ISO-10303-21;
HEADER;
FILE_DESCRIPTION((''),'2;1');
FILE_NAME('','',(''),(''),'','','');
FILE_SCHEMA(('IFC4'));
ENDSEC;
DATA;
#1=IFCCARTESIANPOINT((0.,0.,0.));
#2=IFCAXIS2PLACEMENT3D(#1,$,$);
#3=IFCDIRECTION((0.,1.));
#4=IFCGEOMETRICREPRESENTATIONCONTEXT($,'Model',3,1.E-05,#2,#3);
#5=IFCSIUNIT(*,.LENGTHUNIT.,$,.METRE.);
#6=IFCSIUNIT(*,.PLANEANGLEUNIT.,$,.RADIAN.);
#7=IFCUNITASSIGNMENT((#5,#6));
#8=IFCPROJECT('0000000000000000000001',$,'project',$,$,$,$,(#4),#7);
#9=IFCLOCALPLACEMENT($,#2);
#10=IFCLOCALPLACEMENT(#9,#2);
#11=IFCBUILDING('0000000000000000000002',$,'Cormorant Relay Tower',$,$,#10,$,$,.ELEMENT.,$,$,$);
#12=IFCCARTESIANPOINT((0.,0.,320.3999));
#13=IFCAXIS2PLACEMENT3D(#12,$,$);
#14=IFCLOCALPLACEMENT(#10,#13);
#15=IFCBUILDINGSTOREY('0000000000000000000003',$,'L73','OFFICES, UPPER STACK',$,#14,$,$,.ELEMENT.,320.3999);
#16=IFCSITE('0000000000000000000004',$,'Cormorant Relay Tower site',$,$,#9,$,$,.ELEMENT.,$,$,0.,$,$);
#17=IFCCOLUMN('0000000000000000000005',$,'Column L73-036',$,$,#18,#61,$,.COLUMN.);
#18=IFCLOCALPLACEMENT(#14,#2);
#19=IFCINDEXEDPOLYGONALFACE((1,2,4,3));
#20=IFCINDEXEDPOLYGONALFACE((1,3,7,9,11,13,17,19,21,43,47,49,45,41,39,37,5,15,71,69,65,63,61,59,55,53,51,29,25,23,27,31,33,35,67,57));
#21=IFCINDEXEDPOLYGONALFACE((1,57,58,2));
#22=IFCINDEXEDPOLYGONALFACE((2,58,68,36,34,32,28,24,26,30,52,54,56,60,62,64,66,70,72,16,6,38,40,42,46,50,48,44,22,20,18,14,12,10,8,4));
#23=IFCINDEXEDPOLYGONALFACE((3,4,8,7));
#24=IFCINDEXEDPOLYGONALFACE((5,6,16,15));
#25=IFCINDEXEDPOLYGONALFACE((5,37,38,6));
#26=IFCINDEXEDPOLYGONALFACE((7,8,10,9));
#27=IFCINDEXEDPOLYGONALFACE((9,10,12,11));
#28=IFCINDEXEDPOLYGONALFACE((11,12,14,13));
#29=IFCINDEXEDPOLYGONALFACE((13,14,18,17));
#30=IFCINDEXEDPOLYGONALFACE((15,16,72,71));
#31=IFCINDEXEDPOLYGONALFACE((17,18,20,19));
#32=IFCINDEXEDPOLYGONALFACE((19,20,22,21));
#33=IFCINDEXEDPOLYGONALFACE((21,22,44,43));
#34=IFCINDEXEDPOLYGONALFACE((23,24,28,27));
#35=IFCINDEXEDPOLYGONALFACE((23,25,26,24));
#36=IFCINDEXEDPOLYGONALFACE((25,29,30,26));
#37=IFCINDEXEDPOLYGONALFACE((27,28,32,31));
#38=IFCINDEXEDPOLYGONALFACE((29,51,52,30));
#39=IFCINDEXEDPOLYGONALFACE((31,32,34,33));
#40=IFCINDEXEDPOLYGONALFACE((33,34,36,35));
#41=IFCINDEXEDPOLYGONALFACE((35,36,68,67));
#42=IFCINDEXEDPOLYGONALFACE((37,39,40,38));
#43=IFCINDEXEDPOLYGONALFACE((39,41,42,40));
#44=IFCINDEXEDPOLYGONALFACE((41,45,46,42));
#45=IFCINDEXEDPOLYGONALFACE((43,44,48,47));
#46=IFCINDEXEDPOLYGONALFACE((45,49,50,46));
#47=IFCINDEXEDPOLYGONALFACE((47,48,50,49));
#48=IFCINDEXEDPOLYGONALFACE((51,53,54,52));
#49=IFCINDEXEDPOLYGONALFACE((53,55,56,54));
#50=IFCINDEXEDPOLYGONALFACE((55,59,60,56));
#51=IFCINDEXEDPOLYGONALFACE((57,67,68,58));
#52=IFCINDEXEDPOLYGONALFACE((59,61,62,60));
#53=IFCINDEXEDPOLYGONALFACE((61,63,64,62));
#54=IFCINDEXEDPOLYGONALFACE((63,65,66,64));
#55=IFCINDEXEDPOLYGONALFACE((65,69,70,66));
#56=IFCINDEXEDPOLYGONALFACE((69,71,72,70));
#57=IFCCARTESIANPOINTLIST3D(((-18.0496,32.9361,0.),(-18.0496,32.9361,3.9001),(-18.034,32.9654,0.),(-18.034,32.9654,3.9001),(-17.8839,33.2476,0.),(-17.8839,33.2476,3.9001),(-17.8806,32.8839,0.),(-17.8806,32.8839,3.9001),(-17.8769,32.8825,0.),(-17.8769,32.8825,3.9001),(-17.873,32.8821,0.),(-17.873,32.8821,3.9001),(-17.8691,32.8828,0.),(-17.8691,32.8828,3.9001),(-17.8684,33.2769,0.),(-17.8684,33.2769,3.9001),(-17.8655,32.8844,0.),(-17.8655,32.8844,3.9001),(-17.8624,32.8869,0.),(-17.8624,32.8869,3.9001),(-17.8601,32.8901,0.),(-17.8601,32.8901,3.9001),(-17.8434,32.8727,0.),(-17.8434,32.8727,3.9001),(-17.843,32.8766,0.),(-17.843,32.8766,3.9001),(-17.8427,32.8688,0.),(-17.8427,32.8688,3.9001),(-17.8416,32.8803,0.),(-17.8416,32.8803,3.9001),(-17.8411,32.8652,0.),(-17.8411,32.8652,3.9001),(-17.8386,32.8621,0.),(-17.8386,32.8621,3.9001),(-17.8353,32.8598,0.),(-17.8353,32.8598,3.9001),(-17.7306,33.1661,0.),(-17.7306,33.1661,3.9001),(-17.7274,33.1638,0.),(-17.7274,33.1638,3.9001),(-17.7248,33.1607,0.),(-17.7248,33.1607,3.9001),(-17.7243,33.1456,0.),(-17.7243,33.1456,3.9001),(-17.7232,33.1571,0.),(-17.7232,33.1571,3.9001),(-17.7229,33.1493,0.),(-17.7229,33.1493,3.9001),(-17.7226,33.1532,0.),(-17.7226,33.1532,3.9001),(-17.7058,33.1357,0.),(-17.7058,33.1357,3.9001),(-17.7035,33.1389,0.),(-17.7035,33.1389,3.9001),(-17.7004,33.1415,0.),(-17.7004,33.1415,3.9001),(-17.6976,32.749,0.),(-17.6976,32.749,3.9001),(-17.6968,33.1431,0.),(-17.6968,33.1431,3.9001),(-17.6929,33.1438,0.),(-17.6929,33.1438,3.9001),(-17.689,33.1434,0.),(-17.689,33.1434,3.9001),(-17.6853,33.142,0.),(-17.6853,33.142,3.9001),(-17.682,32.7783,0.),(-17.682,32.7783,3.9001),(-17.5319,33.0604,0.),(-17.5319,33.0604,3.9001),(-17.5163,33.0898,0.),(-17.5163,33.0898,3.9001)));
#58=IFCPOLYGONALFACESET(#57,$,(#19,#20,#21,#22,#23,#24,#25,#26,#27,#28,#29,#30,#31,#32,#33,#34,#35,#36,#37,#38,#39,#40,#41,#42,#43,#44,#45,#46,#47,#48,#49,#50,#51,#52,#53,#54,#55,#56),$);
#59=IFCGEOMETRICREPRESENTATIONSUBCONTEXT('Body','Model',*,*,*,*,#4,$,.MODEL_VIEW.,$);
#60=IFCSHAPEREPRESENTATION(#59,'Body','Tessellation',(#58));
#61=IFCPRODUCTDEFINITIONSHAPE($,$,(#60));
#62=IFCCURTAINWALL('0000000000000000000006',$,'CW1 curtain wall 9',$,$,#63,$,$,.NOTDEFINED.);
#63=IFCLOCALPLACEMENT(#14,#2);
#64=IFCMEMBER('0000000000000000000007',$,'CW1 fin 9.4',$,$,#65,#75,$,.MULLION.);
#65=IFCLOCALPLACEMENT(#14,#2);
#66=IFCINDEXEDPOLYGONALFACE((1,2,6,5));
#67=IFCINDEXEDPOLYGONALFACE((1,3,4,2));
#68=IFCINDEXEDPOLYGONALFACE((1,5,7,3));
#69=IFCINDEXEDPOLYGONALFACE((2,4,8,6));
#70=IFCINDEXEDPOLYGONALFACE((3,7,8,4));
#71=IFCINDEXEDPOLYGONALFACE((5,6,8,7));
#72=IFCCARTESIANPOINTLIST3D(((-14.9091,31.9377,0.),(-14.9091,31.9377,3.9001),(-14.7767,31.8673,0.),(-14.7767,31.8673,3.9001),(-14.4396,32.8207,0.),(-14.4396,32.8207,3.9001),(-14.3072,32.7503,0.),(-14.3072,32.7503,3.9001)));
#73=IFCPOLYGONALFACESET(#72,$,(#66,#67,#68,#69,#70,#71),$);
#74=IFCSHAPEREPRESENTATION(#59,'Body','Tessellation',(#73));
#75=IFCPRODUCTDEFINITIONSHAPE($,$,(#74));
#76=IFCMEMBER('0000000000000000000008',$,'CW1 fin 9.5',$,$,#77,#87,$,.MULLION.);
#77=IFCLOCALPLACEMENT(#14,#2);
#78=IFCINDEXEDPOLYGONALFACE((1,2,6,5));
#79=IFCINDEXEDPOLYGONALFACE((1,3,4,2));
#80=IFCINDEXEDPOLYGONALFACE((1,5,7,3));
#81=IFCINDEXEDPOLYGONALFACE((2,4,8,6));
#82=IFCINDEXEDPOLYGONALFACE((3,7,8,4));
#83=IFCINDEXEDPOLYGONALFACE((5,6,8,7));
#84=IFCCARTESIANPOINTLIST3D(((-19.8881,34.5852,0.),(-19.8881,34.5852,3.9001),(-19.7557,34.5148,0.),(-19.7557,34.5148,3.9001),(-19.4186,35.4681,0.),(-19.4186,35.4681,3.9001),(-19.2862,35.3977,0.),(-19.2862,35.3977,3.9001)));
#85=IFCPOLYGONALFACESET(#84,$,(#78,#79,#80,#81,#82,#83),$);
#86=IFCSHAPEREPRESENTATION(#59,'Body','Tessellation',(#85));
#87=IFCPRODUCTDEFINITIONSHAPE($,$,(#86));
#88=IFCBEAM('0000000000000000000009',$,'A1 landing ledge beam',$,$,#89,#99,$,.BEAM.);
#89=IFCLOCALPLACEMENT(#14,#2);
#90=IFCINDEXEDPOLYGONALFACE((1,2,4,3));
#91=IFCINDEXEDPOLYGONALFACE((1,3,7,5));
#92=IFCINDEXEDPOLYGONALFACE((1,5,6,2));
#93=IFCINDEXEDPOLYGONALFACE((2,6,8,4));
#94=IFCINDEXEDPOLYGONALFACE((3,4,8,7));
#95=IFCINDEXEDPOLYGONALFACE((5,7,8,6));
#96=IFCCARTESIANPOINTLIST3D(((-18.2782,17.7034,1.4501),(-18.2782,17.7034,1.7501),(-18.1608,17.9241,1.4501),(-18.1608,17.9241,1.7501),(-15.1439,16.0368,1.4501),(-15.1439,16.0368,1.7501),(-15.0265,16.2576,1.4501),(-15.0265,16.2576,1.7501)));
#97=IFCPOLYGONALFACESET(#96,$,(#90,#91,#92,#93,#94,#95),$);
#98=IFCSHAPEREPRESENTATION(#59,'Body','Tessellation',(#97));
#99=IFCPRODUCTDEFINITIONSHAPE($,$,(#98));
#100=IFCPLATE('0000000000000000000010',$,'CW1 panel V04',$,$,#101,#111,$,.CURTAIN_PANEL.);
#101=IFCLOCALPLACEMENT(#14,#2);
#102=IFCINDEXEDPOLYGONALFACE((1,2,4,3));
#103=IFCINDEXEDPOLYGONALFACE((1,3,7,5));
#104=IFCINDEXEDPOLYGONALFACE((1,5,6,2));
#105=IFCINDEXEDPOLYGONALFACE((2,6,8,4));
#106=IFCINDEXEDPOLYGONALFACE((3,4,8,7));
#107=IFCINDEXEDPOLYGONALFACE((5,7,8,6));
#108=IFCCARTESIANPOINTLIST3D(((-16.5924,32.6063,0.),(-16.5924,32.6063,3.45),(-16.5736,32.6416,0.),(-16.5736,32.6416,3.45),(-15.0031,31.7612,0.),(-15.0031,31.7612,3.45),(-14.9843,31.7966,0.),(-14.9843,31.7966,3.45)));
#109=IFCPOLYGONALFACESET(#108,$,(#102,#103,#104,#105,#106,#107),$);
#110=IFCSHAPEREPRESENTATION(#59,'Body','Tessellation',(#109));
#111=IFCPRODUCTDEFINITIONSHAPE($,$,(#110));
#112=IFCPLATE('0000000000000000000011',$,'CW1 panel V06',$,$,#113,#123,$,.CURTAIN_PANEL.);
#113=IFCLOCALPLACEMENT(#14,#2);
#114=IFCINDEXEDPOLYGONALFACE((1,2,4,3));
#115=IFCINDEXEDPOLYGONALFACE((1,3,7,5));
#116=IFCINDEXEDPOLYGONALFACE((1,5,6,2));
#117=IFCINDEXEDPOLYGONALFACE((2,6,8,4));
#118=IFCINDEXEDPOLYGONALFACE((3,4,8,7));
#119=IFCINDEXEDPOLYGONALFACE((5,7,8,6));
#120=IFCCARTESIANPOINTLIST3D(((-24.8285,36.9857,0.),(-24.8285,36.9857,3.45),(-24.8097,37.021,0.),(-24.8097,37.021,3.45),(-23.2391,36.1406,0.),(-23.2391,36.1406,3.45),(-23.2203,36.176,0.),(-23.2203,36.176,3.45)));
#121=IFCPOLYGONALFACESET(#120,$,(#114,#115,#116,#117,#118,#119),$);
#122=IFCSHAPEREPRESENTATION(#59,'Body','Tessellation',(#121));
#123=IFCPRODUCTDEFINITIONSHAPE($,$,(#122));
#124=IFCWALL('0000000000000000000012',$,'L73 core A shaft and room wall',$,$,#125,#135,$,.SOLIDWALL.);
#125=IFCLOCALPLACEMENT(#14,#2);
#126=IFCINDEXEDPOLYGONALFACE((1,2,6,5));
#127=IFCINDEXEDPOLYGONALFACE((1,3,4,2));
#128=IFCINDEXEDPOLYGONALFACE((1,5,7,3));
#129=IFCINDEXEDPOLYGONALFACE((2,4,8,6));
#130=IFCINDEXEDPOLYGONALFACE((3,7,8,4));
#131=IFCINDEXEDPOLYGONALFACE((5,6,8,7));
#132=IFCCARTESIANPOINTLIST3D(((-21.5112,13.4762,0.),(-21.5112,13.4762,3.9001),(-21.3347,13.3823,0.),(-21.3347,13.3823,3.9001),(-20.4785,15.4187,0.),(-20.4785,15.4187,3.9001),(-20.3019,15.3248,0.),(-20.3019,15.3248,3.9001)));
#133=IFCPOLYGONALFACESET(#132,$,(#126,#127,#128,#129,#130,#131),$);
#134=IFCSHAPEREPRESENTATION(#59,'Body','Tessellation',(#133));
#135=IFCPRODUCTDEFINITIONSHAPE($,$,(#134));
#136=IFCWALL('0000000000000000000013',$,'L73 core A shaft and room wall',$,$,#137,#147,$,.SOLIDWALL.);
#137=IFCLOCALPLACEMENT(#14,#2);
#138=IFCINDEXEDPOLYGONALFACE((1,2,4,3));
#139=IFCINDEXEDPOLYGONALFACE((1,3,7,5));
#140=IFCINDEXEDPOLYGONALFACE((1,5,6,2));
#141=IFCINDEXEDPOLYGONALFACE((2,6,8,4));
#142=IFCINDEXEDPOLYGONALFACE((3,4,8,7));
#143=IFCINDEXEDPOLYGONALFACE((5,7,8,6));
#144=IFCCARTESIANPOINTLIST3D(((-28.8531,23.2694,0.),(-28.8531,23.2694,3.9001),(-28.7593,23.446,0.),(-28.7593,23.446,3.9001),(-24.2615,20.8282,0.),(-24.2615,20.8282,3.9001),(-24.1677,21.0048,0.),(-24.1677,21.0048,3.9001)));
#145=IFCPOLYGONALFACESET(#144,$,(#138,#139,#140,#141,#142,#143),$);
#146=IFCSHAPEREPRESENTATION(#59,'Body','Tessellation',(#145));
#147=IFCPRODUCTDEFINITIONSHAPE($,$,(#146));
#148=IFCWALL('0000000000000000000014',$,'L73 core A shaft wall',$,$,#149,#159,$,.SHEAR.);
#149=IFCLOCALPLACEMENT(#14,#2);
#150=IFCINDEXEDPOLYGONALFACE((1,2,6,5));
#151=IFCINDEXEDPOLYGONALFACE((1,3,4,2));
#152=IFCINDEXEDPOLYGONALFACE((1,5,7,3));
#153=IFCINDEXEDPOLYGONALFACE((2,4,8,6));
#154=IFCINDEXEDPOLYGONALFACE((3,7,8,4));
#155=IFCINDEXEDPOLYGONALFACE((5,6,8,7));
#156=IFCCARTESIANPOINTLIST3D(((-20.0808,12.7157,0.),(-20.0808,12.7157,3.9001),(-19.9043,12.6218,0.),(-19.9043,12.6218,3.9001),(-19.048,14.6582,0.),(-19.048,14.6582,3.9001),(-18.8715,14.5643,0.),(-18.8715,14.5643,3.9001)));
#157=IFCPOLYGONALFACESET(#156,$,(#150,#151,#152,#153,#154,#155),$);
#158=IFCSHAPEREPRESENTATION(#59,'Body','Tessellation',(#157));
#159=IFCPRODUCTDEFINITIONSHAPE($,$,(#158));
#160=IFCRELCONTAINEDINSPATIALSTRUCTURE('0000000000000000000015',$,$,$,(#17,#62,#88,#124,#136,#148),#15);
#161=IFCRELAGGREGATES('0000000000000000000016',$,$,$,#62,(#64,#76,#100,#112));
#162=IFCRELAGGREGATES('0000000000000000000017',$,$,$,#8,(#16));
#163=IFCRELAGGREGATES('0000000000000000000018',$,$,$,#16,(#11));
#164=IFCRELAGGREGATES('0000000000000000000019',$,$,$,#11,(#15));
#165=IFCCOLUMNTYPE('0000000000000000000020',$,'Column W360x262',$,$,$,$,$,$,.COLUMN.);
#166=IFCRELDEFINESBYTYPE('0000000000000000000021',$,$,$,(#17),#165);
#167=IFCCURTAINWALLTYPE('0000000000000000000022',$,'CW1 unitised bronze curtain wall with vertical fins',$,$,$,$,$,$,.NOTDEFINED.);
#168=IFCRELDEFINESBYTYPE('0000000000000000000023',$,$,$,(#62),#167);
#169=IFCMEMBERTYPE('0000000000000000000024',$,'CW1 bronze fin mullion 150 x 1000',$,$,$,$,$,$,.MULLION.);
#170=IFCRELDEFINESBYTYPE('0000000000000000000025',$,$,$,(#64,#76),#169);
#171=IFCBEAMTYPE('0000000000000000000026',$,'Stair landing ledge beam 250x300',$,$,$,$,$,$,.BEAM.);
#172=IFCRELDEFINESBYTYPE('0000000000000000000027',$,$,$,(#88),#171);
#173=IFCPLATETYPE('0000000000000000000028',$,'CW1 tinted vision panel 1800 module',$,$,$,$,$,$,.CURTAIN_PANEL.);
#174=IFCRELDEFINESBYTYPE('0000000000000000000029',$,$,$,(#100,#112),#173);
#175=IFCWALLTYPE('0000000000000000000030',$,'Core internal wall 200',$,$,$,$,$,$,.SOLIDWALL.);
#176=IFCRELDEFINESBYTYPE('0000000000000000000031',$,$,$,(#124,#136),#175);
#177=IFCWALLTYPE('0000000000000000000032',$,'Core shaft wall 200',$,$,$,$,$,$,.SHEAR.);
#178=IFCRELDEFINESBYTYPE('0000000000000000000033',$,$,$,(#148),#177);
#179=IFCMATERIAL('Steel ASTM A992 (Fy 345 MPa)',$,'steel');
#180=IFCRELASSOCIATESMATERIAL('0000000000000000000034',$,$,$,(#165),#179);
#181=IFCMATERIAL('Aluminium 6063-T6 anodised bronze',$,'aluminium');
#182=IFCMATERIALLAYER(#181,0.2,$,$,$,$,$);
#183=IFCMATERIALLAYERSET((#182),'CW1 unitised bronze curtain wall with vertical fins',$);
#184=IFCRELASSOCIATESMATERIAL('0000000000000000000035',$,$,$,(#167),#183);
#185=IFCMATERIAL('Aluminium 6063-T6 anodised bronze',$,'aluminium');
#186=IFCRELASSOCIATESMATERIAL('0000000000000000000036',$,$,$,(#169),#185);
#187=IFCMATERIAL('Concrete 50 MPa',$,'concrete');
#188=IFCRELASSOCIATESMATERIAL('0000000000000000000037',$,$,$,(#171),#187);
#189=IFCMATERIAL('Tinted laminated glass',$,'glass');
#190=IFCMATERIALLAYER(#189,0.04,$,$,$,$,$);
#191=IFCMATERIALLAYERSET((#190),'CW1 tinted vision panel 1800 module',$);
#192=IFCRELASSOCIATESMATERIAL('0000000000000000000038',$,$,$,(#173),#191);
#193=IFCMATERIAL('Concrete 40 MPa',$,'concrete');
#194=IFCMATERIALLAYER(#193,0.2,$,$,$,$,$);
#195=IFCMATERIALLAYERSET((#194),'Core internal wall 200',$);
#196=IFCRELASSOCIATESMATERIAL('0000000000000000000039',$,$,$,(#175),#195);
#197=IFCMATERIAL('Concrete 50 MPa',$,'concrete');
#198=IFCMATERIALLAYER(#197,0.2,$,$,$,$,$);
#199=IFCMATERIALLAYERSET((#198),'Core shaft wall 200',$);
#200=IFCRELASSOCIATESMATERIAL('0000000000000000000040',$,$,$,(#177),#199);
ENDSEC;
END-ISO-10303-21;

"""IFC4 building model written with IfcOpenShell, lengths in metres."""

from ifc_helpers import new_model, si_unit, direction, frame, frame_2d, origin, origin_2d, place, context, subcontext, project, spatial, rectangle, i_section, extrude, material, layer, layer_set, material_profile, profile_set, type_object, element, aggregate, save


model = new_model("IFC4")

# Units and contexts
model_context = context("Model", 3, precision=1e-05, world=origin(), true_north=direction((0.0, 1.0)))
body_context = subcontext(model_context, "Body", "Model", "MODEL_VIEW")
ifc_project = project(units=[si_unit("LENGTHUNIT", "METRE"), si_unit("PLANEANGLEUNIT", "RADIAN")], contexts=[model_context])

# Site, building, storey
site_placement = place(None, origin())
site = spatial("IfcSite", under=ifc_project, at=site_placement, Name="Cormorant Relay Tower site", CompositionType="ELEMENT", RefElevation=0.0)
building_placement = place(site_placement, origin())
building = spatial("IfcBuilding", under=site, at=building_placement, Name="Cormorant Relay Tower", CompositionType="ELEMENT")
storey_placement = place(building_placement, frame((0.0, 0.0, 320.3999)))
storey = spatial("IfcBuildingStorey", under=building, at=storey_placement, Name="L73", Description="OFFICES, UPPER STACK", CompositionType="ELEMENT", Elevation=320.3999)

# Column
ifc_material_1 = material(Name="Steel ASTM A992 (Fy 345 MPa)", Category="steel")
ifc_material_profile_1 = material_profile(ifc_material_1, i_section(OverallWidth=0.3987, OverallDepth=0.386, WebThickness=0.021, FlangeThickness=0.0332, FilletRadius=0.0151, at=origin_2d()), Name="W360x262")
ifc_profile_set_1 = profile_set([ifc_material_profile_1], Name="Steel ASTM A992 (Fy 345 MPa)")
column_type = type_object("IfcColumnType", Name="Column W360x262", PredefinedType="COLUMN", material=ifc_profile_set_1)
column_placement = place(storey_placement, frame((-17.783, 33.0129, 0.0), z_axis=(0.0, 0.0, 1.0), x_axis=(-0.882948, 0.469472, 0.0)))
element("IfcColumn", 1, at=column_placement, inside=storey, type_object=column_type, Name="Column L73-036", PredefinedType="COLUMN", context=body_context, shape_type="SweptSolid", body=[
    extrude(i_section(OverallWidth=0.3987, OverallDepth=0.386, WebThickness=0.021, FlangeThickness=0.0332, FilletRadius=0.0151, at=origin_2d()), origin(), (0.0, 0.0, 1.0), 3.9001),
])

# Curtain wall, members
ifc_material_2 = material(Name="Aluminium 6063-T6 anodised bronze", Category="aluminium")
ifc_layer_1 = layer(ifc_material_2, 0.2)
ifc_layer_set_1 = layer_set([ifc_layer_1], Name="CW1 unitised bronze curtain wall with vertical fins")
curtain_wall_type = type_object("IfcCurtainWallType", Name="CW1 unitised bronze curtain wall with vertical fins", PredefinedType="NOTDEFINED", material=ifc_layer_set_1)
curtain_wall_placement = place(storey_placement, origin())
curtain_wall = element("IfcCurtainWall", 2, at=curtain_wall_placement, inside=storey, type_object=curtain_wall_type, Name="CW1 curtain wall 9", PredefinedType="NOTDEFINED")
ifc_material_3 = material(Name="Aluminium 6063-T6 anodised bronze", Category="aluminium")
ifc_material_profile_2 = material_profile(ifc_material_3, rectangle(XDim=0.1499, YDim=1.0, at=origin_2d()), Name="AL 150x1000")
ifc_profile_set_2 = profile_set([ifc_material_profile_2], Name="Aluminium 6063-T6 anodised bronze")
member_type = type_object("IfcMemberType", Name="CW1 bronze fin mullion 150 x 1000", PredefinedType="MULLION", material=ifc_profile_set_2)
member_1_placement = place(storey_placement, frame((-14.6082, 32.344, 0.0), z_axis=(0.0, 0.0, 1.0), x_axis=(-0.882948, 0.469472, 0.0)))
member_1 = element("IfcMember", 3, at=member_1_placement, type_object=member_type, Name="CW1 fin 9.4", PredefinedType="MULLION", context=body_context, shape_type="SweptSolid", body=[
    extrude(rectangle(XDim=0.1499, YDim=1.0, at=origin_2d()), origin(), (0.0, 0.0, 1.0), 3.9001),
])
member_2_placement = place(storey_placement, frame((-19.5872, 34.9915, 0.0), z_axis=(0.0, 0.0, 1.0), x_axis=(-0.882948, 0.469472, 0.0)))
member_2 = element("IfcMember", 4, at=member_2_placement, type_object=member_type, Name="CW1 fin 9.5", PredefinedType="MULLION", context=body_context, shape_type="SweptSolid", body=[
    extrude(rectangle(XDim=0.1499, YDim=1.0, at=origin_2d()), origin(), (0.0, 0.0, 1.0), 3.9001),
])

# Beam
ifc_material_4 = material(Name="Concrete 50 MPa", Category="concrete")
ifc_material_profile_3 = material_profile(ifc_material_4, rectangle(XDim=0.25, YDim=0.3, at=origin_2d()), Name="RC 250x300")
ifc_profile_set_3 = profile_set([ifc_material_profile_3], Name="Concrete 50 MPa")
beam_type = type_object("IfcBeamType", Name="Stair landing ledge beam 250x300", PredefinedType="BEAM", material=ifc_profile_set_3)
beam_placement = place(storey_placement, frame((-18.2195, 17.8137, 1.6001), z_axis=(0.88295, -0.469467, 0.0), x_axis=(0.469467, 0.88295, 0.0)))
element("IfcBeam", 5, at=beam_placement, inside=storey, type_object=beam_type, Name="A1 landing ledge beam", PredefinedType="BEAM", context=body_context, shape_type="SweptSolid", body=[
    extrude(rectangle(XDim=0.25, YDim=0.3, at=origin_2d()), origin(), (0.0, 0.0, 1.0), 3.5498),
])

# Plates
ifc_material_5 = material(Name="Tinted laminated glass", Category="glass")
ifc_layer_2 = layer(ifc_material_5, 0.04)
ifc_layer_set_2 = layer_set([ifc_layer_2], Name="CW1 tinted vision panel 1800 module")
plate_type = type_object("IfcPlateType", Name="CW1 tinted vision panel 1800 module", PredefinedType="CURTAIN_PANEL", material=ifc_layer_set_2)
plate_1_placement = place(storey_placement, frame((-15.7883, 32.2014, 0.0), z_axis=(0.0, 0.0, 1.0), x_axis=(-0.882948, 0.469472, 0.0)))
plate_1 = element("IfcPlate", 6, at=plate_1_placement, type_object=plate_type, Name="CW1 panel V04", PredefinedType="CURTAIN_PANEL", context=body_context, shape_type="SweptSolid", body=[
    extrude(rectangle(XDim=1.8, YDim=0.04, at=origin_2d()), origin(), (0.0, 0.0, 1.0), 3.45),
])
plate_2_placement = place(storey_placement, frame((-24.0244, 36.5808, 0.0), z_axis=(0.0, 0.0, 1.0), x_axis=(-0.882948, 0.469472, 0.0)))
plate_2 = element("IfcPlate", 7, at=plate_2_placement, type_object=plate_type, Name="CW1 panel V06", PredefinedType="CURTAIN_PANEL", context=body_context, shape_type="SweptSolid", body=[
    extrude(rectangle(XDim=1.8, YDim=0.04, at=origin_2d()), origin(), (0.0, 0.0, 1.0), 3.45),
])

# Walls
ifc_material_6 = material(Name="Concrete 40 MPa", Category="concrete")
ifc_layer_3 = layer(ifc_material_6, 0.2)
ifc_layer_set_3 = layer_set([ifc_layer_3], Name="Core internal wall 200")
wall_type_1 = type_object("IfcWallType", Name="Core internal wall 200", PredefinedType="SOLIDWALL", material=ifc_layer_set_3)
wall_1_placement = place(storey_placement, frame((-20.3901, 15.3718, 0.0), z_axis=(0.0, 0.0, 1.0), x_axis=(-0.469447, -0.88296, 0.0)))
element("IfcWall", 8, at=wall_1_placement, inside=storey, type_object=wall_type_1, Name="L73 core A shaft and room wall", PredefinedType="SOLIDWALL", context=body_context, shape_type="SweptSolid", body=[
    extrude(rectangle(XDim=2.2, YDim=0.2, at=frame_2d((1.1001, 0.0))), origin(), (0.0, 0.0, 1.0), 3.9001),
])
wall_2_placement = place(storey_placement, frame((-24.2146, 20.9165, 0.0), z_axis=(0.0, 0.0, 1.0), x_axis=(-0.882964, 0.46944, 0.0)))
element("IfcWall", 9, at=wall_2_placement, inside=storey, type_object=wall_type_1, Name="L73 core A shaft and room wall", PredefinedType="SOLIDWALL", context=body_context, shape_type="SweptSolid", body=[
    extrude(rectangle(XDim=5.2002, YDim=0.2, at=frame_2d((2.6001, 0.0))), origin(), (0.0, 0.0, 1.0), 3.9001),
])
ifc_material_7 = material(Name="Concrete 50 MPa", Category="concrete")
ifc_layer_4 = layer(ifc_material_7, 0.2)
ifc_layer_set_4 = layer_set([ifc_layer_4], Name="Core shaft wall 200")
wall_type_2 = type_object("IfcWallType", Name="Core shaft wall 200", PredefinedType="SHEAR", material=ifc_layer_set_4)
wall_3_placement = place(storey_placement, frame((-18.9597, 14.6113, 0.0), z_axis=(0.0, 0.0, 1.0), x_axis=(-0.469447, -0.88296, 0.0)))
element("IfcWall", 10, at=wall_3_placement, inside=storey, type_object=wall_type_2, Name="L73 core A shaft wall", PredefinedType="SHEAR", context=body_context, shape_type="SweptSolid", body=[
    extrude(rectangle(XDim=2.2, YDim=0.2, at=frame_2d((1.1001, 0.0))), origin(), (0.0, 0.0, 1.0), 3.9001),
])

aggregate(curtain_wall, [member_1, member_2, plate_1, plate_2])

save(model, "model.ifc")
